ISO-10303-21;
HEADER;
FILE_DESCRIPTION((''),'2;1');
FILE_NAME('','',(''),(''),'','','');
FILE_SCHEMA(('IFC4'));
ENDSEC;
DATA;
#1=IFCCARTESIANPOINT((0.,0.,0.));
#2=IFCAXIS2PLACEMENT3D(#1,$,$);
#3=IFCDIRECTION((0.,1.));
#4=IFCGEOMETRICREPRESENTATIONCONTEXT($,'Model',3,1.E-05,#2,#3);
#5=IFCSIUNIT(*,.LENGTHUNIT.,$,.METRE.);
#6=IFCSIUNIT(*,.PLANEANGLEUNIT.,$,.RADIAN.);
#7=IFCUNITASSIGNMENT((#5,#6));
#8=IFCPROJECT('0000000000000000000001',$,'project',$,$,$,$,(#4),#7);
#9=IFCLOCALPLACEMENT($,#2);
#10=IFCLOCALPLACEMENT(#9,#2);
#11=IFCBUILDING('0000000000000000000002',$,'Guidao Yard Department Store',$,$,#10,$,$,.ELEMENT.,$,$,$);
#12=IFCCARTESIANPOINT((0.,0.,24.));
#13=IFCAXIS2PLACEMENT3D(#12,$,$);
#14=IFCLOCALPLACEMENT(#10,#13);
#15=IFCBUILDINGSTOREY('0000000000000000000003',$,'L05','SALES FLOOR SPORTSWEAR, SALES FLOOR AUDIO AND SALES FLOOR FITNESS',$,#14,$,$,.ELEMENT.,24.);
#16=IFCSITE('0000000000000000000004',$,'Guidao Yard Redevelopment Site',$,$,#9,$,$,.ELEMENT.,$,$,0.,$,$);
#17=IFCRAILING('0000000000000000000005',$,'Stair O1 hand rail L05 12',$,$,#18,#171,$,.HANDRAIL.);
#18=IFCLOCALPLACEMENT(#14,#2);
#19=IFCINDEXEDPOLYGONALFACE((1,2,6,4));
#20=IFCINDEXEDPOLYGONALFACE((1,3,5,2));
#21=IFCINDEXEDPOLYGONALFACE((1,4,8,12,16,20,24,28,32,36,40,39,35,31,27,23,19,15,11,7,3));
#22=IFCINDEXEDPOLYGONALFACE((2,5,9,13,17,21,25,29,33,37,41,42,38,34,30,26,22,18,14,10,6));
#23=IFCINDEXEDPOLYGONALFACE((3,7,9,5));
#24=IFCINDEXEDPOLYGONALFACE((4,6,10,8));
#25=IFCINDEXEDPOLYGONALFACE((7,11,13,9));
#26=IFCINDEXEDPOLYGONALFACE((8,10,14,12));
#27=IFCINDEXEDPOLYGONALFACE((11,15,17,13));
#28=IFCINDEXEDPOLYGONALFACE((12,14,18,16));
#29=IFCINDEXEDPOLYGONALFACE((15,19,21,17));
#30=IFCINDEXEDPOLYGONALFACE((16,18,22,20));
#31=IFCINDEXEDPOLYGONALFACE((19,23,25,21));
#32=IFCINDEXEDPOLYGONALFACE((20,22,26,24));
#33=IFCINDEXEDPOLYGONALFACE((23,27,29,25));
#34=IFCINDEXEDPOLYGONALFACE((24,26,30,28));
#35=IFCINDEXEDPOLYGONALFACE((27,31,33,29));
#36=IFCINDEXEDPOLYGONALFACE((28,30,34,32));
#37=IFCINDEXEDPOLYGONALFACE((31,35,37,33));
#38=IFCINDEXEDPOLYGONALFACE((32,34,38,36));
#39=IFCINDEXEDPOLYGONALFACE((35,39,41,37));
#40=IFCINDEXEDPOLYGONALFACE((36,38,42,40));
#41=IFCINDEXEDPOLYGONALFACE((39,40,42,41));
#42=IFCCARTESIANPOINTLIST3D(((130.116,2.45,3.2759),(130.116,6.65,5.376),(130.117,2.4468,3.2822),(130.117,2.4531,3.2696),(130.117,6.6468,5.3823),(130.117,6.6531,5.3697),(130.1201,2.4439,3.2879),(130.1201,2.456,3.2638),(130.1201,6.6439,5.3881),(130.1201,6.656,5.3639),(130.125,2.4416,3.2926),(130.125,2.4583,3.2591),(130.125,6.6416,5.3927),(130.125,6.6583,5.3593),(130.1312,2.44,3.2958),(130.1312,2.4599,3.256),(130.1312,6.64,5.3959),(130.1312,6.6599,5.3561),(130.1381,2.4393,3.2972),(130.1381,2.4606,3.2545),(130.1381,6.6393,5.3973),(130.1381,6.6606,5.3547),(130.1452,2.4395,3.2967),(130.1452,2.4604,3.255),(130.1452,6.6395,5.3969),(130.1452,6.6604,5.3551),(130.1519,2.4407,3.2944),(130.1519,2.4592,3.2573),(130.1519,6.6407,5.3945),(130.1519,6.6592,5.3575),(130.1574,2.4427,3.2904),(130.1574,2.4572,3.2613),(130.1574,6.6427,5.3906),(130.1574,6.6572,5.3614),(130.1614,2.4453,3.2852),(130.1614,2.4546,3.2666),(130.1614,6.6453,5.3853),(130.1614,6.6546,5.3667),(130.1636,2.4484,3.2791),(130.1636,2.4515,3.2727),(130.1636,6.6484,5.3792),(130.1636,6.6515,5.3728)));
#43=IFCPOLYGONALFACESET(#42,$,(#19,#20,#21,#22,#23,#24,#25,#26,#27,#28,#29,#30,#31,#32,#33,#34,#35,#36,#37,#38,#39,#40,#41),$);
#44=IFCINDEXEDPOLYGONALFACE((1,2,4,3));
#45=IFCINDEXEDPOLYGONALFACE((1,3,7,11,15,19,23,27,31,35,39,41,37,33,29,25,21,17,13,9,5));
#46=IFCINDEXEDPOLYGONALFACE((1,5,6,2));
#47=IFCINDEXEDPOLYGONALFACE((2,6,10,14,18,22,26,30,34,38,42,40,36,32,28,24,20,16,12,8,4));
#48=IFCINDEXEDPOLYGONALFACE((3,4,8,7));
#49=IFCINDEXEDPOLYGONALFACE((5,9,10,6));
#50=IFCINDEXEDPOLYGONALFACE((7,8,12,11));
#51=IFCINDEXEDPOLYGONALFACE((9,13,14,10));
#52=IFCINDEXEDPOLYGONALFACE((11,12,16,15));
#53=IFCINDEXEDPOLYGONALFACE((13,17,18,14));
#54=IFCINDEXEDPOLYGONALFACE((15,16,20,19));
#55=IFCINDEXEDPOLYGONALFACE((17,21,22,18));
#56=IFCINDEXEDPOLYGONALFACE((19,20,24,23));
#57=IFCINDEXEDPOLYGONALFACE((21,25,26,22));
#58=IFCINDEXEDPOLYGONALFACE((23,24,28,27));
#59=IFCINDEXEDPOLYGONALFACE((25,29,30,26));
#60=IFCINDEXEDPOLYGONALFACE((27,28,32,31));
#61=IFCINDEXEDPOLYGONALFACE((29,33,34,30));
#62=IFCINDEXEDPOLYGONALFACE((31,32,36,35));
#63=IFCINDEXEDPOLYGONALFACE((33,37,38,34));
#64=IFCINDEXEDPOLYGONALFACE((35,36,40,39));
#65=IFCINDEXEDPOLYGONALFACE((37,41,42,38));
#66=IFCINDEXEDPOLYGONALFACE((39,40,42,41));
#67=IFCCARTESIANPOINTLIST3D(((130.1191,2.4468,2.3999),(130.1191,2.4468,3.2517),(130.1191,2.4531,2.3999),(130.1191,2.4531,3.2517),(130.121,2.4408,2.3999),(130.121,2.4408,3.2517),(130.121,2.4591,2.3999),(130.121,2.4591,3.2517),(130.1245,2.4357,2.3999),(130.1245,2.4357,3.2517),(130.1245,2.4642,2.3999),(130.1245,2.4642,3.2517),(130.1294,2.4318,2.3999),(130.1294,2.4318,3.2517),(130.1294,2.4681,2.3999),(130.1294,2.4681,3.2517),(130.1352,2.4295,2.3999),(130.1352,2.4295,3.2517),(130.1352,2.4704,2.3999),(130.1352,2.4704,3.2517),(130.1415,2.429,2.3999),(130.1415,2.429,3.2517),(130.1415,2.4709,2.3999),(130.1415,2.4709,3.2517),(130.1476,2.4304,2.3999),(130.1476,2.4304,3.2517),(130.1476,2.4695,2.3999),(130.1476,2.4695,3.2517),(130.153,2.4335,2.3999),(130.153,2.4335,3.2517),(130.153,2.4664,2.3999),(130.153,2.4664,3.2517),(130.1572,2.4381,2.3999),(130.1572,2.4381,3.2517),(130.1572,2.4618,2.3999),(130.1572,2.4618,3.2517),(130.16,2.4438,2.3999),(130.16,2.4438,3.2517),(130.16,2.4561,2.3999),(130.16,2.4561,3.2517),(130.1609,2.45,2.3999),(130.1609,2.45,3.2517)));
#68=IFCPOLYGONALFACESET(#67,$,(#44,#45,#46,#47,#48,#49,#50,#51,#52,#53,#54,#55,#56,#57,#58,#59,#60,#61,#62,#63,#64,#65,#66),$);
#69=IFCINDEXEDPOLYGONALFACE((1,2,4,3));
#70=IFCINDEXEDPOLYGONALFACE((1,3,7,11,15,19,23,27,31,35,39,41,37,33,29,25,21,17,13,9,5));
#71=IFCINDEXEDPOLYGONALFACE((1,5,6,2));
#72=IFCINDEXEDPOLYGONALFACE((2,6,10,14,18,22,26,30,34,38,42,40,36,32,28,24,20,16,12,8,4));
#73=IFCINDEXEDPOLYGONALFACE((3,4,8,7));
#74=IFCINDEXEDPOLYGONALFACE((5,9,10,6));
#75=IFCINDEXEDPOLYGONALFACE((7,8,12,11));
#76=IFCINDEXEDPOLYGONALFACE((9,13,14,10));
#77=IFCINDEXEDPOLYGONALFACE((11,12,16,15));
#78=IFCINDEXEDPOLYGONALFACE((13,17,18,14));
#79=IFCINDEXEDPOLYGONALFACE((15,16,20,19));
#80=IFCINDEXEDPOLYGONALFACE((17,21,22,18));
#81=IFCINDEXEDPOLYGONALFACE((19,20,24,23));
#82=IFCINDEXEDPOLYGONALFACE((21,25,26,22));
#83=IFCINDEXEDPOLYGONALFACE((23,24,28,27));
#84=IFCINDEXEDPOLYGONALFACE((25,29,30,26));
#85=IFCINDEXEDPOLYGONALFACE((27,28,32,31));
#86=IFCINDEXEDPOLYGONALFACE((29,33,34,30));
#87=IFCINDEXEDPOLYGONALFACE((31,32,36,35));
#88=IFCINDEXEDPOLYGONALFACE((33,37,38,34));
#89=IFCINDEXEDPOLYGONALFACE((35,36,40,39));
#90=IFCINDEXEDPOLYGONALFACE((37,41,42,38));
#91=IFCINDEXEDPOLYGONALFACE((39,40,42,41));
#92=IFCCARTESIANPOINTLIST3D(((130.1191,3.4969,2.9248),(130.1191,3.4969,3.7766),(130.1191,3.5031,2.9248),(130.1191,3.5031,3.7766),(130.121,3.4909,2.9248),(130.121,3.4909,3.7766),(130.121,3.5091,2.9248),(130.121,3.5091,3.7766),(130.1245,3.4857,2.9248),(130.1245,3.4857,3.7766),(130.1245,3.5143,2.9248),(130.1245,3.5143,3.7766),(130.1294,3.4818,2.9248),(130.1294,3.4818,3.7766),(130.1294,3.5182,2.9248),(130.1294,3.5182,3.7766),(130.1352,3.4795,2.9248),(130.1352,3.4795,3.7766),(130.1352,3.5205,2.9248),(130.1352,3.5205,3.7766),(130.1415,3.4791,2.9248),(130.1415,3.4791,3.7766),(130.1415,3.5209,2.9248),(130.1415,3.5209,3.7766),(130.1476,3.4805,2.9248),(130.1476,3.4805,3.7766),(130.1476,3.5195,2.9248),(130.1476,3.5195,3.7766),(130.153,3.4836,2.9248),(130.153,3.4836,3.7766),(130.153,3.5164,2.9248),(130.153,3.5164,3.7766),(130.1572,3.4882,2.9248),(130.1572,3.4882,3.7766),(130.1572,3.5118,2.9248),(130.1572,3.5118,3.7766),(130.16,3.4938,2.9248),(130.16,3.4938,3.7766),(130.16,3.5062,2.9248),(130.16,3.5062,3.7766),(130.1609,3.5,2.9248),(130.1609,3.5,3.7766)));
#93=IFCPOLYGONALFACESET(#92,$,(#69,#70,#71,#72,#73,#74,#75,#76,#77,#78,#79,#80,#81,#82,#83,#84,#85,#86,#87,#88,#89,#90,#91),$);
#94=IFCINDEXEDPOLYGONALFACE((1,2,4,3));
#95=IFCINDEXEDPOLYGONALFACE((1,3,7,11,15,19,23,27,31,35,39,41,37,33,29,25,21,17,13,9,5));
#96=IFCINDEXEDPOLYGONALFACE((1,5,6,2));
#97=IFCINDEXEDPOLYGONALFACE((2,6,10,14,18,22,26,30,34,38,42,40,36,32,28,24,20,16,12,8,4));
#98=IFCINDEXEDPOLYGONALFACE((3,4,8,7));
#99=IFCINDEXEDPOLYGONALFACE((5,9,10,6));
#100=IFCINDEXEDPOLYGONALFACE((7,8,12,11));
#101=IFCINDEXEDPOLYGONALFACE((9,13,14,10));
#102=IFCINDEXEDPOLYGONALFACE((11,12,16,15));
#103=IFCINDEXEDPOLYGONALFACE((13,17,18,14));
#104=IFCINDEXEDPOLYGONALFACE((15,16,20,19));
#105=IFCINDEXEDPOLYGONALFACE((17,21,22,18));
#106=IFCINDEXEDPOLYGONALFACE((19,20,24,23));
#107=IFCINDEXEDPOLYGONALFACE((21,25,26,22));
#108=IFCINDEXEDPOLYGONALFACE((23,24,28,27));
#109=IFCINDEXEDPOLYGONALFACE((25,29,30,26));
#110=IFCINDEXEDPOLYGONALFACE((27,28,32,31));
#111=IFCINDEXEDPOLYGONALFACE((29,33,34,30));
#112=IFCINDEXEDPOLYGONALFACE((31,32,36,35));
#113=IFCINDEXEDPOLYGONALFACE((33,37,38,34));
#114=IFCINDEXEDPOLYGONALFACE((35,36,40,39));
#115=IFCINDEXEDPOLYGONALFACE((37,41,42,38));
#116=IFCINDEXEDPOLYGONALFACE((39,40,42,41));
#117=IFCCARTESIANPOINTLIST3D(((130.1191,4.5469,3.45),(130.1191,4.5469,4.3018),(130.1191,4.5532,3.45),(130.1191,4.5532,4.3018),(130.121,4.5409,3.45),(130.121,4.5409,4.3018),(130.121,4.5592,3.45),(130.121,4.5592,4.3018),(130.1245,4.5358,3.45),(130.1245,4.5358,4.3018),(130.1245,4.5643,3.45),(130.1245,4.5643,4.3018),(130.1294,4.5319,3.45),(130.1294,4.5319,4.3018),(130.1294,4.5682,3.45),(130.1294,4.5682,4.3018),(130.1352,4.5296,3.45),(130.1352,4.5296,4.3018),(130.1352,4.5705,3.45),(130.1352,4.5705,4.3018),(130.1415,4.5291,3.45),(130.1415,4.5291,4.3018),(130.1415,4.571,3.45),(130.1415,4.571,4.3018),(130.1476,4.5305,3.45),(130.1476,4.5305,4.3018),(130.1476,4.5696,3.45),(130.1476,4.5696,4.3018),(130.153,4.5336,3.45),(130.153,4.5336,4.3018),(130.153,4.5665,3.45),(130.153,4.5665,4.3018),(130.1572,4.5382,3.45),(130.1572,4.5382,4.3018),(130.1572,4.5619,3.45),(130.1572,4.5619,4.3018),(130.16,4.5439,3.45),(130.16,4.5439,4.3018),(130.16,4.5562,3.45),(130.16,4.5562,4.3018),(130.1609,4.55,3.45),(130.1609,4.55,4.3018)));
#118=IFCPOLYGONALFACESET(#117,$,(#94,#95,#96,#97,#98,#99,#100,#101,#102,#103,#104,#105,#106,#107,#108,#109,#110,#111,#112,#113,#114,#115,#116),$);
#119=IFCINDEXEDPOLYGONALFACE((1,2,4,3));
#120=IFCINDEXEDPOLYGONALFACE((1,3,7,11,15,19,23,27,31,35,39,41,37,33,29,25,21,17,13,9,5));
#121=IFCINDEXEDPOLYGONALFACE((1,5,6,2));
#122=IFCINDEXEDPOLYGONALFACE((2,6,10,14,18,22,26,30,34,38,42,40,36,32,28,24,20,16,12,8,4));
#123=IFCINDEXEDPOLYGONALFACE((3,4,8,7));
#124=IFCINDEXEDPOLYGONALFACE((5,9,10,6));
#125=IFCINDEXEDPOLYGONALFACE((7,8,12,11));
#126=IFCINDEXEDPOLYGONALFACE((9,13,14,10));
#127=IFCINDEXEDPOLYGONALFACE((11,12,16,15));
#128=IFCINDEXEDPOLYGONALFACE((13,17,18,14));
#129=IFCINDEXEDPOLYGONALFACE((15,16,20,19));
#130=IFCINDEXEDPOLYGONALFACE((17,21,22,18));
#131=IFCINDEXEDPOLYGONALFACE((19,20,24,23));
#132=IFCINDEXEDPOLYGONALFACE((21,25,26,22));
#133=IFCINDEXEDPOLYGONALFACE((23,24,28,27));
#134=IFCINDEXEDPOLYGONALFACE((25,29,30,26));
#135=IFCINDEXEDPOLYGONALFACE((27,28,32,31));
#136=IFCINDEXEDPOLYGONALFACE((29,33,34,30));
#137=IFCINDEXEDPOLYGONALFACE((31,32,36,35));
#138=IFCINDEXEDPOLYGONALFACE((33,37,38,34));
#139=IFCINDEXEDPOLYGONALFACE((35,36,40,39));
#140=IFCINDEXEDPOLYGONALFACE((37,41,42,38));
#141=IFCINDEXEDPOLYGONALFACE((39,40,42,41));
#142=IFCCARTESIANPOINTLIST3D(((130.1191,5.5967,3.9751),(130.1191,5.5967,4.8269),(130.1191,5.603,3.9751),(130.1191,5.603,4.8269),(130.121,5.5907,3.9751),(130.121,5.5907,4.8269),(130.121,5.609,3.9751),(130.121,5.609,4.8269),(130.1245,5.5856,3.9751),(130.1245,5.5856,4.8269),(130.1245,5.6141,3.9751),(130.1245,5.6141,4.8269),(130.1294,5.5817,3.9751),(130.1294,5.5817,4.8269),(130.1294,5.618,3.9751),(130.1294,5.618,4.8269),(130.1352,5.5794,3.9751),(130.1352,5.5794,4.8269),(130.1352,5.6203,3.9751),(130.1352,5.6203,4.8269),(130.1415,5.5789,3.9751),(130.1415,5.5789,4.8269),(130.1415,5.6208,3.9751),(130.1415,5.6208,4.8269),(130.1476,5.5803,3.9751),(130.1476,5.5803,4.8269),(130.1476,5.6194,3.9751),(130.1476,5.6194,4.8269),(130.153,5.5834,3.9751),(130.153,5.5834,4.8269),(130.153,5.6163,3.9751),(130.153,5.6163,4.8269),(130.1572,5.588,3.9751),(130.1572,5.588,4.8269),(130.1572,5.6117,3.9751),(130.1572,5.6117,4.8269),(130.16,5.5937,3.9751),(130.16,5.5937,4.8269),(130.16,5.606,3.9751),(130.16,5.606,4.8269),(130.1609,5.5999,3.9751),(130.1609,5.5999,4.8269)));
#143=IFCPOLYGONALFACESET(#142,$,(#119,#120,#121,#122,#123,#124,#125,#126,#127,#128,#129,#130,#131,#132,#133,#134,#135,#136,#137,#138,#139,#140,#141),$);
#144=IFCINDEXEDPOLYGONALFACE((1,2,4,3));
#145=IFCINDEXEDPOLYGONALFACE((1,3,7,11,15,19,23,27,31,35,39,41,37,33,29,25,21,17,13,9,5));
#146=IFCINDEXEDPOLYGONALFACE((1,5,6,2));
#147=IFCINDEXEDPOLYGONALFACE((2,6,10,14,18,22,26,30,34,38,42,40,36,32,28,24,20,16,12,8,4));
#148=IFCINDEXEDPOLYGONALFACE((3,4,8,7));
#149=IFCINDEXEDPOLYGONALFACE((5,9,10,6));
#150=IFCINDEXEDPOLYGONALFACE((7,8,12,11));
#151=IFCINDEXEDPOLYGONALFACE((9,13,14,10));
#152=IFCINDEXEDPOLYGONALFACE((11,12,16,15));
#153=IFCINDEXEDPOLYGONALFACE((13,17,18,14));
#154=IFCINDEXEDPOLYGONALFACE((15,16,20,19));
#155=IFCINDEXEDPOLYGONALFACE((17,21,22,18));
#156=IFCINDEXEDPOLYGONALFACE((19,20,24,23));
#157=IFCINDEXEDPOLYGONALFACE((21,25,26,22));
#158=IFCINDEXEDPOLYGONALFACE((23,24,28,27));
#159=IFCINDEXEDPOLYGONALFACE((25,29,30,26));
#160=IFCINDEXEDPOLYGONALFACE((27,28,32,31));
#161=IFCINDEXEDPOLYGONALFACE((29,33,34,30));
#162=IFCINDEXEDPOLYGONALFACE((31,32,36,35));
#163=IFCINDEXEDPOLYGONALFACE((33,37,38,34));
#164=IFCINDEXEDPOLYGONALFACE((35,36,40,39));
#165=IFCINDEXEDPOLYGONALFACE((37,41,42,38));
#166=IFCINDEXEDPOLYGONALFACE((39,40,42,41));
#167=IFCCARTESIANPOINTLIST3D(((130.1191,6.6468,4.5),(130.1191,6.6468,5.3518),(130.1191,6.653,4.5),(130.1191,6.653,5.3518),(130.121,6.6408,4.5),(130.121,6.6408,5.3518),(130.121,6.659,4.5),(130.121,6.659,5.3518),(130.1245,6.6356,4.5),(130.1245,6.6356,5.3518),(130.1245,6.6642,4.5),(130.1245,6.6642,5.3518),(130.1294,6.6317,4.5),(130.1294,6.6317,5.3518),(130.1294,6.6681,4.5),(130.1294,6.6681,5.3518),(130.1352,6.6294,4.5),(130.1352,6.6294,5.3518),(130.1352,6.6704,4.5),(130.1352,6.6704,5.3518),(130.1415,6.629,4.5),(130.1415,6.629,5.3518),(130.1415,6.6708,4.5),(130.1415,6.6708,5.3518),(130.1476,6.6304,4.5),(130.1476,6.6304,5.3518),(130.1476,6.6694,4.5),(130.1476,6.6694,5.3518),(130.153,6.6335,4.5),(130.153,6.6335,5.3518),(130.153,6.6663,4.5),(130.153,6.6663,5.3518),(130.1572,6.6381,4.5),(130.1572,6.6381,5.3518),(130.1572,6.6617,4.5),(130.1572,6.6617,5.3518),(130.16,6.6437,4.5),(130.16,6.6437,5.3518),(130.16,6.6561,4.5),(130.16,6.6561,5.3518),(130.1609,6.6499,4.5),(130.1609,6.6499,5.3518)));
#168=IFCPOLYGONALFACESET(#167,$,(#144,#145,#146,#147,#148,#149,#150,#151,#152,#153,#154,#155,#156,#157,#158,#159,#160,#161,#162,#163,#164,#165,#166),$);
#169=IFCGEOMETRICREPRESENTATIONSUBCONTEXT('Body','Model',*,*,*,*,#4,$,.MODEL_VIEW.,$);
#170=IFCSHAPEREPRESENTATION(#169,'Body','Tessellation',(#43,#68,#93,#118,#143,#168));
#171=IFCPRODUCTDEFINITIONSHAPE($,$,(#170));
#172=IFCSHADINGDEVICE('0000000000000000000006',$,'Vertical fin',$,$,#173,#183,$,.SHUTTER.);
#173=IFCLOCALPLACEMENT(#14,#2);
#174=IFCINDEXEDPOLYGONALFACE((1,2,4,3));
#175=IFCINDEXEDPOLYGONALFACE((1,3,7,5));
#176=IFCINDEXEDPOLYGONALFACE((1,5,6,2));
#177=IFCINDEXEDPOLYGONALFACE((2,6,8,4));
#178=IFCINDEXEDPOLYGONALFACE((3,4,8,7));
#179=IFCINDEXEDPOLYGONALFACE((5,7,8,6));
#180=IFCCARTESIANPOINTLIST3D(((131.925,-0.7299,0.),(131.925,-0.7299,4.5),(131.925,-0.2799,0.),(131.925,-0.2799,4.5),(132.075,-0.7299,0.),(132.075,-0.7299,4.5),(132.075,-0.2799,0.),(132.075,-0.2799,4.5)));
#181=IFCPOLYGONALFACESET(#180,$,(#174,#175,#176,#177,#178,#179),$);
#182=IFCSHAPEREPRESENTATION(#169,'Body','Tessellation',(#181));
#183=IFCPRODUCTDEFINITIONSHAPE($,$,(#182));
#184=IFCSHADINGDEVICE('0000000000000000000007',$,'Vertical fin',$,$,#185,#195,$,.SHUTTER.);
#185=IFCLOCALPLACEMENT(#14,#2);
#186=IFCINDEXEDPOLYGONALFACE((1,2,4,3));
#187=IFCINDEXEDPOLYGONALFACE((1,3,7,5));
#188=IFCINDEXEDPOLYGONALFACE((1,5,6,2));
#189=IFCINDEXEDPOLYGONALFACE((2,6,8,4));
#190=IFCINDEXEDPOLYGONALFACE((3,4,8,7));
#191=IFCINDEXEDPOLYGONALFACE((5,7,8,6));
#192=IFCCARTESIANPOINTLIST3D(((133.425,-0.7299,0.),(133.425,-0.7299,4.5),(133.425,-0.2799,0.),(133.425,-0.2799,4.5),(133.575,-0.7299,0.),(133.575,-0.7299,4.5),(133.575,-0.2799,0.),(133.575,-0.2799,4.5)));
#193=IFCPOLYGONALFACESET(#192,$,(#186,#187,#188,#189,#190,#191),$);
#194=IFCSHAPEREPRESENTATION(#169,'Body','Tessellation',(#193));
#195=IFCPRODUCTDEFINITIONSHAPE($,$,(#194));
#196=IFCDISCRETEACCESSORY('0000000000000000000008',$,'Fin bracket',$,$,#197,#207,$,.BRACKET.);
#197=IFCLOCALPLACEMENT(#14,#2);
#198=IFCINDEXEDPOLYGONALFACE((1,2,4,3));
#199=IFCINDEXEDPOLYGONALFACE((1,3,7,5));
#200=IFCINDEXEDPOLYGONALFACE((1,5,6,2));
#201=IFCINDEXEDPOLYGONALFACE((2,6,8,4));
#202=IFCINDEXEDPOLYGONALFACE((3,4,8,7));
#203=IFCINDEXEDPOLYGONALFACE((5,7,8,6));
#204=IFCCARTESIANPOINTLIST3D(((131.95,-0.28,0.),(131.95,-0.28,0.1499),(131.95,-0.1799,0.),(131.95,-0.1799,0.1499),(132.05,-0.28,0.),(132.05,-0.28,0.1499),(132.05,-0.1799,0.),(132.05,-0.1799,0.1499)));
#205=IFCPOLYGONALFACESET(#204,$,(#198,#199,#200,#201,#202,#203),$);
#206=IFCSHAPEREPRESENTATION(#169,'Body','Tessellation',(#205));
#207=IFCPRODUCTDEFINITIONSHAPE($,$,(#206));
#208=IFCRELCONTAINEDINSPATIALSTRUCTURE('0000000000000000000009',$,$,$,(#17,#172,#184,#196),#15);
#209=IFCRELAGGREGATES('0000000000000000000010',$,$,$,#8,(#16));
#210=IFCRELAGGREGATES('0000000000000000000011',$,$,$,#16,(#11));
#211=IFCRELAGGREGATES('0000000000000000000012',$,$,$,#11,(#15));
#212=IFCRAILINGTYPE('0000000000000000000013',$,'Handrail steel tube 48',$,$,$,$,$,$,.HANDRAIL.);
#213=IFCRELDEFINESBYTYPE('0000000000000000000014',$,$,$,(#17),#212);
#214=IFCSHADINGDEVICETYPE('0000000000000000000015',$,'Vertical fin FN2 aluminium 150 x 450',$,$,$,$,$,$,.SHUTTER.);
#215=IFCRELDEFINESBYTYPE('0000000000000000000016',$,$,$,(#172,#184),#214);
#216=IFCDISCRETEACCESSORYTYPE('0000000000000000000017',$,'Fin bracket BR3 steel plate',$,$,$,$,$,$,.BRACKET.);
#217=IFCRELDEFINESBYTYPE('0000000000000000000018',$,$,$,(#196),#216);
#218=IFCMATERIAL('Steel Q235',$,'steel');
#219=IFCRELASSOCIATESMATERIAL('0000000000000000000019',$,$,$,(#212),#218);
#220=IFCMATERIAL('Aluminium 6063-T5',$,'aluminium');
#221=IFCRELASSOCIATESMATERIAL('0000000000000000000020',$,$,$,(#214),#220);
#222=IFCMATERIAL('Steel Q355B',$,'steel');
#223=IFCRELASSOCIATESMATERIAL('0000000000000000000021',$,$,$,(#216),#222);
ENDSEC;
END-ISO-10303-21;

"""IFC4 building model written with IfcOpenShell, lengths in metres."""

from ifc_helpers import new_model, si_unit, direction, frame, origin, origin_2d, place, context, subcontext, project, spatial, rectangle, circle, extrude, material, type_object, element, save


model = new_model("IFC4")

# Units and contexts
model_context = context("Model", 3, precision=1e-05, world=origin(), true_north=direction((0.0, 1.0)))
body_context = subcontext(model_context, "Body", "Model", "MODEL_VIEW")
ifc_project = project(units=[si_unit("LENGTHUNIT", "METRE"), si_unit("PLANEANGLEUNIT", "RADIAN")], contexts=[model_context])

# Site, building, storey
site_placement = place(None, origin())
site = spatial("IfcSite", under=ifc_project, at=site_placement, Name="Guidao Yard Redevelopment Site", CompositionType="ELEMENT", RefElevation=0.0)
building_placement = place(site_placement, origin())
building = spatial("IfcBuilding", under=site, at=building_placement, Name="Guidao Yard Department Store", CompositionType="ELEMENT")
storey_placement = place(building_placement, frame((0.0, 0.0, 24.0)))
storey = spatial("IfcBuildingStorey", under=building, at=storey_placement, Name="L05", Description="SALES FLOOR SPORTSWEAR, SALES FLOOR AUDIO AND SALES FLOOR FITNESS", CompositionType="ELEMENT", Elevation=24.0)

# Railing
ifc_material_1 = material(Name="Steel Q235", Category="steel")
railing_type = type_object("IfcRailingType", Name="Handrail steel tube 48", PredefinedType="HANDRAIL", material=ifc_material_1)
for number, where, name in (
    (1, (130.1399, 2.45, 2.3999), "Stair O1 hand rail L05 12"),
):
    element("IfcRailing", number, at=place(storey_placement, frame(where)), inside=storey, type_object=railing_type, Name=name, PredefinedType="HANDRAIL", context=body_context, shape_type="SweptSolid", body=[
        extrude(circle(Radius=0.0239, at=origin_2d()), frame((0.0, 0.0, 0.876), z_axis=(0.0, 0.894417, 0.447234), x_axis=(-1.0, 0.0, 0.0)), (0.0, 0.0, 1.0), 4.6958),
        extrude(circle(Radius=0.021, at=origin_2d()), origin(), (0.0, 0.0, 1.0), 0.8518),
        extrude(circle(Radius=0.021, at=origin_2d()), frame((0.0, 1.05, 0.5249)), (0.0, 0.0, 1.0), 0.8518),
        extrude(circle(Radius=0.021, at=origin_2d()), frame((0.0, 2.1001, 1.05)), (0.0, 0.0, 1.0), 0.8518),
        extrude(circle(Radius=0.021, at=origin_2d()), frame((0.0, 3.1499, 1.5752)), (0.0, 0.0, 1.0), 0.8518),
        extrude(circle(Radius=0.021, at=origin_2d()), frame((0.0, 4.2, 2.1001)), (0.0, 0.0, 1.0), 0.8518),
    ])

# Shading devices
ifc_material_2 = material(Name="Aluminium 6063-T5", Category="aluminium")
shading_device_type = type_object("IfcShadingDeviceType", Name="Vertical fin FN2 aluminium 150 x 450", PredefinedType="SHUTTER", material=ifc_material_2)
for number, where, z_axis, x_axis, name in (
    (2, (132.0, -0.5049, 0.0), (0.0, 0.0, 1.0), (-1.0, 0.0, 0.0), "Vertical fin"),
    (3, (133.5, -0.5049, 0.0), (0.0, 0.0, 1.0), (-1.0, 0.0, 0.0), "Vertical fin"),
):
    element("IfcShadingDevice", number, at=place(storey_placement, frame(where, z_axis=z_axis, x_axis=x_axis)), inside=storey, type_object=shading_device_type, Name=name, PredefinedType="SHUTTER", context=body_context, shape_type="SweptSolid", body=[
        extrude(rectangle(XDim=0.1499, YDim=0.45, at=origin_2d()), origin(), (0.0, 0.0, 1.0), 4.5),
    ])

# Discrete accessory
ifc_material_3 = material(Name="Steel Q355B", Category="steel")
discrete_accessory_type = type_object("IfcDiscreteAccessoryType", Name="Fin bracket BR3 steel plate", PredefinedType="BRACKET", material=ifc_material_3)
for number, where, z_axis, x_axis, name in (
    (4, (132.0, -0.23, 0.0), (0.0, 0.0, 1.0), (-1.0, 0.0, 0.0), "Fin bracket"),
):
    element("IfcDiscreteAccessory", number, at=place(storey_placement, frame(where, z_axis=z_axis, x_axis=x_axis)), inside=storey, type_object=discrete_accessory_type, Name=name, PredefinedType="BRACKET", context=body_context, shape_type="SweptSolid", body=[
        extrude(rectangle(XDim=0.1001, YDim=0.1001, at=origin_2d()), origin(), (0.0, 0.0, 1.0), 0.1499),
    ])

save(model, "model.ifc")
